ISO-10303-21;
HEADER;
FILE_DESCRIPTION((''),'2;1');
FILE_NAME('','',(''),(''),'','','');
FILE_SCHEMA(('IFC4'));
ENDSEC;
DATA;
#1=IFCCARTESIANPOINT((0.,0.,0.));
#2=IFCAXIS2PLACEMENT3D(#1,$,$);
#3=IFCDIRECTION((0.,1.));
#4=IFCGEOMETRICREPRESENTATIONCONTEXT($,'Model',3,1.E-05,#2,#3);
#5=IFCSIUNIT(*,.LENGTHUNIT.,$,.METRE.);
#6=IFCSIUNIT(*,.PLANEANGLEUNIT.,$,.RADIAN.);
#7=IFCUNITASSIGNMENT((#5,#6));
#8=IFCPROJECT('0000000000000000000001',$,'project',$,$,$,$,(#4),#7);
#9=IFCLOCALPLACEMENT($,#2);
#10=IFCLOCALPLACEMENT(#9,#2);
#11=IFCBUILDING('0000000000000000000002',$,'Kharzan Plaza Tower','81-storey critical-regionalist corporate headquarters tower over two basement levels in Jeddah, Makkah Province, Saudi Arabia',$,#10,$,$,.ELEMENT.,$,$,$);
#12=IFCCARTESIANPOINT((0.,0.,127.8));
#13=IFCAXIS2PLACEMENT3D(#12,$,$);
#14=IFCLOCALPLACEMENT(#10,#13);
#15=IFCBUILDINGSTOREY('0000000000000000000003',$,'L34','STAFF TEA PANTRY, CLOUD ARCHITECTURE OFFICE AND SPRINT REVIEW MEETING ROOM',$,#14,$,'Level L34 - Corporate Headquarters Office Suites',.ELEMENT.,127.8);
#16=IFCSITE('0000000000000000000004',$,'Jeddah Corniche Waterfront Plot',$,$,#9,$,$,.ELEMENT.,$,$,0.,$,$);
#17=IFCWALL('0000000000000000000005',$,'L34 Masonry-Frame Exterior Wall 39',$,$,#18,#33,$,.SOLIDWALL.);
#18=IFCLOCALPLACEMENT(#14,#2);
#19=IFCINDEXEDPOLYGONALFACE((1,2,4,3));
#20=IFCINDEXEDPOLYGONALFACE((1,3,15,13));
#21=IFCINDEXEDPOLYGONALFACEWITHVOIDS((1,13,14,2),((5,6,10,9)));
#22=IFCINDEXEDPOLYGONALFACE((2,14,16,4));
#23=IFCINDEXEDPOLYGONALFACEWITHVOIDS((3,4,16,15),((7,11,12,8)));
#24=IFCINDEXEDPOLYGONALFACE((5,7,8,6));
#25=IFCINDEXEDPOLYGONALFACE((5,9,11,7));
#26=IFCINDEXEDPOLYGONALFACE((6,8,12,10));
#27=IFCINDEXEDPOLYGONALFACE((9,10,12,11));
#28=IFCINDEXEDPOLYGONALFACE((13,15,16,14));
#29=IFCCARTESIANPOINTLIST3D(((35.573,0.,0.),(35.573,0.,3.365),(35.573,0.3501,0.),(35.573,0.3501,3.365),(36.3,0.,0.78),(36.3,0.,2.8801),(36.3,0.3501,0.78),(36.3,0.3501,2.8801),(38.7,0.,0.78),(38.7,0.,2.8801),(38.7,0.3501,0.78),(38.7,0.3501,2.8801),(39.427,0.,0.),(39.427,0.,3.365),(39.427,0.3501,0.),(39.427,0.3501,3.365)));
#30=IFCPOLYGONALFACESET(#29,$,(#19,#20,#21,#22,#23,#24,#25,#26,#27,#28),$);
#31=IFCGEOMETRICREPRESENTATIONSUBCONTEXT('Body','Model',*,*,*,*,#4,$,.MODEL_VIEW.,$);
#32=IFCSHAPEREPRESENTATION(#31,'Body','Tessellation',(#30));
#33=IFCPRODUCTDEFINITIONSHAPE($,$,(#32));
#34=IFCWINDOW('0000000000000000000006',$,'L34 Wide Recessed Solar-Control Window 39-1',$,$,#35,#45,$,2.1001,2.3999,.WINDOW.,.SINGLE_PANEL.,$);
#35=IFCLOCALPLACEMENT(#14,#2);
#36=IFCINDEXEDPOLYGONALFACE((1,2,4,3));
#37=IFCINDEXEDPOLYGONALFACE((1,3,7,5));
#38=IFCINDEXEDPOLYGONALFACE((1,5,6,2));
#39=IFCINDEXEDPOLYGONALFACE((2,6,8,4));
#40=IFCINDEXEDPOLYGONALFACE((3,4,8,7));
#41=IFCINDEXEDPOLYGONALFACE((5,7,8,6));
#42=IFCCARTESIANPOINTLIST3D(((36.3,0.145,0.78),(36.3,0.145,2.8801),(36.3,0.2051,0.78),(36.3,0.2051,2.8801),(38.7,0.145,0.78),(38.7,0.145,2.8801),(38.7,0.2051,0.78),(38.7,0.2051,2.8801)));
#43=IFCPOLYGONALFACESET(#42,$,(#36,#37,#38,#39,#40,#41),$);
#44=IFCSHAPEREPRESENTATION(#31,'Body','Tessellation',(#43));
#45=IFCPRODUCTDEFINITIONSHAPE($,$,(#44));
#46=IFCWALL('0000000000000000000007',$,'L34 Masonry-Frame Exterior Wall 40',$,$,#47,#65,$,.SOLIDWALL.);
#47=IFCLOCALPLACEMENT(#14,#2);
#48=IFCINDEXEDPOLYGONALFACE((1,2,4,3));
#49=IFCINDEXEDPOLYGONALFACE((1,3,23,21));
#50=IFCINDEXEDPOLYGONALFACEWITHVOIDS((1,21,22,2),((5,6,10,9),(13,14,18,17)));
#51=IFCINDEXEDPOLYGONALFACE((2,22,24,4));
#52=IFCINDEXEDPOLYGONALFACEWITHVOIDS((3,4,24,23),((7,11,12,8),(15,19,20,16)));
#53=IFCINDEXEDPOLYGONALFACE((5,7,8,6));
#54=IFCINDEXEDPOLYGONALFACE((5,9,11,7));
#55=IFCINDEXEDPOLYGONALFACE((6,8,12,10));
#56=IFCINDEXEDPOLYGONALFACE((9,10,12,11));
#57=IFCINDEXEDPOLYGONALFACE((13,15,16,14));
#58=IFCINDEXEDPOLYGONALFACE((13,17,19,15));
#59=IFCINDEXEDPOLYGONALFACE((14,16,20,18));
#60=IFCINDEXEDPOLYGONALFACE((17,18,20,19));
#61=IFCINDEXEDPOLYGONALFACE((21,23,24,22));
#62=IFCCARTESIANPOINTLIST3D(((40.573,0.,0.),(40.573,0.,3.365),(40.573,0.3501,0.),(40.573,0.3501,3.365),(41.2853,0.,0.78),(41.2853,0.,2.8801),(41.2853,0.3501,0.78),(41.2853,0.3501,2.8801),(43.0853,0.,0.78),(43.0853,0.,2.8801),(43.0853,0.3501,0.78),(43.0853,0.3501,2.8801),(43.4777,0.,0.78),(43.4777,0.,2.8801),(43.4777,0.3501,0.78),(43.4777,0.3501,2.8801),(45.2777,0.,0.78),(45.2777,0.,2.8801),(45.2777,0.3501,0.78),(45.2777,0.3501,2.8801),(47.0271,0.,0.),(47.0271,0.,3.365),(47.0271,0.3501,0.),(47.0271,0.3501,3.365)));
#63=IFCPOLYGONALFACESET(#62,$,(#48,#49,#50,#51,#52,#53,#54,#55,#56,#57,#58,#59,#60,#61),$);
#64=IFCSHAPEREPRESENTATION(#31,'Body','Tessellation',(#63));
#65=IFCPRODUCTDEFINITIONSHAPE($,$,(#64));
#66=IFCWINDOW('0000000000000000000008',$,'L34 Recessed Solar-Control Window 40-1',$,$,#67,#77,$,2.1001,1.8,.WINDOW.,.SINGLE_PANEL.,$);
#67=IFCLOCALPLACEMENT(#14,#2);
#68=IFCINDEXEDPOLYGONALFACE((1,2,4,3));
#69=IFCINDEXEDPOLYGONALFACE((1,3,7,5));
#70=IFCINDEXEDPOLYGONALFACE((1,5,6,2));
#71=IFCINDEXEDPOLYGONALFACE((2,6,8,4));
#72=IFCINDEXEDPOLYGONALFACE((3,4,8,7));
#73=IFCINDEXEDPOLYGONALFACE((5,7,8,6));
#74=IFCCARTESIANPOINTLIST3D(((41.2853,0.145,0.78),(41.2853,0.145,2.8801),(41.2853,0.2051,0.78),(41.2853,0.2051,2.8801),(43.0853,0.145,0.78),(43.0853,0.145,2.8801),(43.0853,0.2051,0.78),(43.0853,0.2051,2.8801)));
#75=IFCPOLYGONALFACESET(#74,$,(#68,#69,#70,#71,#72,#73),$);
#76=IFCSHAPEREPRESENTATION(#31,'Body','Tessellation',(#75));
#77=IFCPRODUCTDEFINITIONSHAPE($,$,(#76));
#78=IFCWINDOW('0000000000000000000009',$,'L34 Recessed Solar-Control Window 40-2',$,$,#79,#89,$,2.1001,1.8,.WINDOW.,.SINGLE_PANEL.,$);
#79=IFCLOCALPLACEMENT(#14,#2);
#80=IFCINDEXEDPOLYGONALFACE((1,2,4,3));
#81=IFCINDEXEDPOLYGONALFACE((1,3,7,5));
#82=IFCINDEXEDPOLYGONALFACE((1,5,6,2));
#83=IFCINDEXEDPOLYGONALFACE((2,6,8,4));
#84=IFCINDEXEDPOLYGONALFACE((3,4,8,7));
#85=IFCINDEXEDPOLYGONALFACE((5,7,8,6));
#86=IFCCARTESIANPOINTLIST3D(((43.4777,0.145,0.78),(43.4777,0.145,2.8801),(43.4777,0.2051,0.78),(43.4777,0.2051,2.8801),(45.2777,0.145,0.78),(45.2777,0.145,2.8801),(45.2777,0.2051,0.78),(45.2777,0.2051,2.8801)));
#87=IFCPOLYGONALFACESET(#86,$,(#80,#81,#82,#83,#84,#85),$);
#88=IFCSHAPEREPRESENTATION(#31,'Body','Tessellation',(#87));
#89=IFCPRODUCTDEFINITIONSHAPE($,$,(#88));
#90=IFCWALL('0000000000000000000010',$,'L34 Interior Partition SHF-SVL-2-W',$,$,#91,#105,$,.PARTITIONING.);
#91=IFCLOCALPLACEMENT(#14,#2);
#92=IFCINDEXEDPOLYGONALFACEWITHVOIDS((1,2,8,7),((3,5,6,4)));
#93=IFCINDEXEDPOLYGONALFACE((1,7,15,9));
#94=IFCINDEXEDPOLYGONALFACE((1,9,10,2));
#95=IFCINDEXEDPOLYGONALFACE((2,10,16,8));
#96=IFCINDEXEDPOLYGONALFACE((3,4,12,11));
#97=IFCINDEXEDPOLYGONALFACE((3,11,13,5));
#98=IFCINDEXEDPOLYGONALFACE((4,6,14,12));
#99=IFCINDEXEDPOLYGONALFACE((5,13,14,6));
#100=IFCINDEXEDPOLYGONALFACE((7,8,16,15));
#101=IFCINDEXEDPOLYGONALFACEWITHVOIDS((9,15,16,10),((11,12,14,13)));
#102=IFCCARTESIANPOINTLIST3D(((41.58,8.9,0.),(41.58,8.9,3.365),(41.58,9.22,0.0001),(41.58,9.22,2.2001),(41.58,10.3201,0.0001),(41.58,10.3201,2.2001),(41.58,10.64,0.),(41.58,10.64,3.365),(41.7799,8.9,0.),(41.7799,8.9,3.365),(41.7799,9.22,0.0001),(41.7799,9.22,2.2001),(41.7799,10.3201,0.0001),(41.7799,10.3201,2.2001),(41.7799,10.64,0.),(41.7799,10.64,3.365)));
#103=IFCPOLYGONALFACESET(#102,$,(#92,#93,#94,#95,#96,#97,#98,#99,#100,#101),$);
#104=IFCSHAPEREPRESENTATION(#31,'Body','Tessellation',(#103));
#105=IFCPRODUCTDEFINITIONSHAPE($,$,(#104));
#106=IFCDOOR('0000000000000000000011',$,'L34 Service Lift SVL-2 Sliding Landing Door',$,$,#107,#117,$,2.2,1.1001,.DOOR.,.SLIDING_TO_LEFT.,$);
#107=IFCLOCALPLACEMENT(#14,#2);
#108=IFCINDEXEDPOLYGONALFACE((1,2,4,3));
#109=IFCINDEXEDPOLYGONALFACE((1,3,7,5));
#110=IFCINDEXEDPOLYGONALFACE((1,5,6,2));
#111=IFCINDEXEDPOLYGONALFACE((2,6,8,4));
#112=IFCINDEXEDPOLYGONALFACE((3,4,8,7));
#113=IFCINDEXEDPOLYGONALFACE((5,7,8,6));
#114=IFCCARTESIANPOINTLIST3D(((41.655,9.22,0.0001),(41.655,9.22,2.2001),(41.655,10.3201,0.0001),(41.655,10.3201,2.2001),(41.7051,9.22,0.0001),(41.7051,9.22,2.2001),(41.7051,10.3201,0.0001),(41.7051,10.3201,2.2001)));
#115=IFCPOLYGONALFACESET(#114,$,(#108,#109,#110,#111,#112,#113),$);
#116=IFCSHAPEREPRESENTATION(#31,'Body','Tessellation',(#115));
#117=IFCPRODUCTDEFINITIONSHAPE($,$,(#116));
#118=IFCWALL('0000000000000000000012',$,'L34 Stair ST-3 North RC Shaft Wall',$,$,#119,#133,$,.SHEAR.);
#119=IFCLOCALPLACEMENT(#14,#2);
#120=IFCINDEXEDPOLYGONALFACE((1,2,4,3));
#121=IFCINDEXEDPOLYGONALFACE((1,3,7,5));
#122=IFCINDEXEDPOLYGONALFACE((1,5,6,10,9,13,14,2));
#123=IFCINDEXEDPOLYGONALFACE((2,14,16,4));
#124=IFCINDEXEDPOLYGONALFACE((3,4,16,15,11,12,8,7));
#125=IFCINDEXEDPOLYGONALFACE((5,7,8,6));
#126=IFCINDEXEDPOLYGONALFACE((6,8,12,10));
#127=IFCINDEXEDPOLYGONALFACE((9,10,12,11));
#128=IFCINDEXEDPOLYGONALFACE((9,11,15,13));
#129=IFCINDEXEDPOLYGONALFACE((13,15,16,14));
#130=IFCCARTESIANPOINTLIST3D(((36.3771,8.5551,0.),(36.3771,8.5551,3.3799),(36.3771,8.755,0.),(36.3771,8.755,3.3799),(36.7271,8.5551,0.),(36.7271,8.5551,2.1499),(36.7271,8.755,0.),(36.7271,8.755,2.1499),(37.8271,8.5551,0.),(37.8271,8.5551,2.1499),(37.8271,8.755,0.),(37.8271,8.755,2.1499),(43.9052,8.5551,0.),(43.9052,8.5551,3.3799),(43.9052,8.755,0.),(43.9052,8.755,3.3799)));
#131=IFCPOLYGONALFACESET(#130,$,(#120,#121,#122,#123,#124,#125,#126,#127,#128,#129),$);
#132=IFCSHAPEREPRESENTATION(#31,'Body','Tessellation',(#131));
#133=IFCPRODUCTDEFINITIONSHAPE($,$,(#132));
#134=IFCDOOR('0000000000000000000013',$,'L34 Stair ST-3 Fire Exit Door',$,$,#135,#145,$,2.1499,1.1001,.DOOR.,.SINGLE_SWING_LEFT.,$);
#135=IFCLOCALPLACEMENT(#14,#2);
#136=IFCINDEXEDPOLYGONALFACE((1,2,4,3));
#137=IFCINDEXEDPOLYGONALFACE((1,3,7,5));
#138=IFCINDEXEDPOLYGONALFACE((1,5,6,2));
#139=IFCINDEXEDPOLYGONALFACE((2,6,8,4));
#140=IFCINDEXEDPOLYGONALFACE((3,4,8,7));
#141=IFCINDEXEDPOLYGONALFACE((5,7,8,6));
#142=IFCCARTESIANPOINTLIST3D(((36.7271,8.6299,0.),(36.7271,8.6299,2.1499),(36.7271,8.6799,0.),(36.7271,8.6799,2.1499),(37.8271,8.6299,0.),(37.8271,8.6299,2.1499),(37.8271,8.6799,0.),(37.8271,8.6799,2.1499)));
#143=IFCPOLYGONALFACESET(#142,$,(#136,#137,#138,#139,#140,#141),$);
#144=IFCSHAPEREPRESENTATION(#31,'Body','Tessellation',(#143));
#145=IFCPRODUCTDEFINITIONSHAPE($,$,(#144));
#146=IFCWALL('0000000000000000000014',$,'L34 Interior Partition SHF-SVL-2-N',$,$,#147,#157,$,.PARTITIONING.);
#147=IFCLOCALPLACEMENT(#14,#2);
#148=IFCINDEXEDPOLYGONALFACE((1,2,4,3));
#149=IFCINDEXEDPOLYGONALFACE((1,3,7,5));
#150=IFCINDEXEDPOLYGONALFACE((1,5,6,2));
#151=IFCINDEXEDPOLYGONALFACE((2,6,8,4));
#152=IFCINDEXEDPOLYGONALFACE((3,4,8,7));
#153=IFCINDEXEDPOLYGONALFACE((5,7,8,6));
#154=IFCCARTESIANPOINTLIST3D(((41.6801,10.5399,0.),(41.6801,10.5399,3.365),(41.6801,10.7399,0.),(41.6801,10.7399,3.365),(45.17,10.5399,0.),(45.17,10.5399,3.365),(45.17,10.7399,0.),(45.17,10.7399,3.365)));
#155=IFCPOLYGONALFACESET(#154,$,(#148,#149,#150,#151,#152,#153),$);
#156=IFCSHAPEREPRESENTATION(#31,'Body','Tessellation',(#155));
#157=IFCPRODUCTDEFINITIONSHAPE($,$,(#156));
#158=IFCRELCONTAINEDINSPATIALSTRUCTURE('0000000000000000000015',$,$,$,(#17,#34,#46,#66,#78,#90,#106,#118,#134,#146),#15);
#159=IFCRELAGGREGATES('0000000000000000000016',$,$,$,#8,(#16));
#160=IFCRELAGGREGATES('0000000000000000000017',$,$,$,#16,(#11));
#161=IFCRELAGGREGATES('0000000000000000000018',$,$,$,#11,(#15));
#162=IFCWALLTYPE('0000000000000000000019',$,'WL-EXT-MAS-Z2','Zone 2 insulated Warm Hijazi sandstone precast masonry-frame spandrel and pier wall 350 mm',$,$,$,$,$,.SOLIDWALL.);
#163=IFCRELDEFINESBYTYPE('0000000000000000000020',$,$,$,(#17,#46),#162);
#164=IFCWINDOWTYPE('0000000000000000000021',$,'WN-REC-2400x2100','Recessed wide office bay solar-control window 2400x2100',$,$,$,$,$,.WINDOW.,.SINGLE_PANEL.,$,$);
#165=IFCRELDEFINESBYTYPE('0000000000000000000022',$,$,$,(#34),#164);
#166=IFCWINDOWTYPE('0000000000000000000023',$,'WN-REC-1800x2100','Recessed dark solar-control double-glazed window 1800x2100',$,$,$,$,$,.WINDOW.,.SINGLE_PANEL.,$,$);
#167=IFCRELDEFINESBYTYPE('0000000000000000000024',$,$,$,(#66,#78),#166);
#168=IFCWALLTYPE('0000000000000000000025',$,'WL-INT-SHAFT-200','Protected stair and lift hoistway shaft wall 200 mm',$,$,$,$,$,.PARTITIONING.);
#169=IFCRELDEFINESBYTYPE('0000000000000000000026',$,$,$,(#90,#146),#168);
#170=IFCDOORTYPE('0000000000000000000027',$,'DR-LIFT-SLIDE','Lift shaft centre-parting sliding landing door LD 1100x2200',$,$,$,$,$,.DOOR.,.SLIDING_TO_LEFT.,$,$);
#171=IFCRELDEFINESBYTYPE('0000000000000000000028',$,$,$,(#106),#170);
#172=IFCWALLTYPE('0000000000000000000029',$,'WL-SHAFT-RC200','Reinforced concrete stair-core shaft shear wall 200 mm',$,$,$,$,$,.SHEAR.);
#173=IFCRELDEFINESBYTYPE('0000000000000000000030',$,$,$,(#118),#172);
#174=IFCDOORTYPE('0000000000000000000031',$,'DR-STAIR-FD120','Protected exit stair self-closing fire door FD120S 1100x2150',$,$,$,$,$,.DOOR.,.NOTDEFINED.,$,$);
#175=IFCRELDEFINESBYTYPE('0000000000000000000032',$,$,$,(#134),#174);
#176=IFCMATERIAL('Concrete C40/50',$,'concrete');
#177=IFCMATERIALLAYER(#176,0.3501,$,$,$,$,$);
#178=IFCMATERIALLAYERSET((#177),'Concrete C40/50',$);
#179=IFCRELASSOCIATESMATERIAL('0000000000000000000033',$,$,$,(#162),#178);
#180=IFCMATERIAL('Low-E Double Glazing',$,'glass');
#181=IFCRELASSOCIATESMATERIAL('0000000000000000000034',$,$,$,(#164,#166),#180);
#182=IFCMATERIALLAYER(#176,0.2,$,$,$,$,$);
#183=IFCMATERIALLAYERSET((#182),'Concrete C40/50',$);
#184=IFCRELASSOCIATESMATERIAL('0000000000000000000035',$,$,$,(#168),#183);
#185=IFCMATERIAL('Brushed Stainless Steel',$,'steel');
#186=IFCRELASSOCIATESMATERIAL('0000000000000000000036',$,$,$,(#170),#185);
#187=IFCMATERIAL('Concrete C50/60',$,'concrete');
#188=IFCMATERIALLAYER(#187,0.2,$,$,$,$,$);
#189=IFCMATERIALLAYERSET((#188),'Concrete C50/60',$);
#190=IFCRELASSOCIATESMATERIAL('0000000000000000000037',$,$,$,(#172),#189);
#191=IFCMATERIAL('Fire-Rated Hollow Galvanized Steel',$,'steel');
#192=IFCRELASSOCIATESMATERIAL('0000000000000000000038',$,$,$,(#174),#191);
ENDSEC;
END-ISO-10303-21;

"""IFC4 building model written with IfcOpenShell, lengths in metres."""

from ifc_helpers import new_model, si_unit, direction, frame, frame_2d, origin, place, context, subcontext, project, spatial, rectangle, extrude, source, transform, mapped, material, layer, layer_set, type_object, element, fill, save


model = new_model("IFC4")

# Units and contexts
model_context = context("Model", 3, precision=1e-05, world=origin(), true_north=direction((0.0, 1.0)))
body_context = subcontext(model_context, "Body", "Model", "MODEL_VIEW")
ifc_project = project(units=[si_unit("LENGTHUNIT", "METRE"), si_unit("PLANEANGLEUNIT", "RADIAN")], contexts=[model_context])

# Site, building, storey
site_placement = place(None, origin())
site = spatial("IfcSite", under=ifc_project, at=site_placement, Name="Jeddah Corniche Waterfront Plot", CompositionType="ELEMENT", RefElevation=0.0)
building_placement = place(site_placement, origin())
building = spatial("IfcBuilding", under=site, at=building_placement, Name="Kharzan Plaza Tower", Description="81-storey critical-regionalist corporate headquarters tower over two basement levels in Jeddah, Makkah Province, Saudi Arabia", CompositionType="ELEMENT")
storey_placement = place(building_placement, frame((0.0, 0.0, 127.8)))
storey = spatial("IfcBuildingStorey", under=building, at=storey_placement, Name="L34", Description="STAFF TEA PANTRY, CLOUD ARCHITECTURE OFFICE AND SPRINT REVIEW MEETING ROOM", LongName="Level L34 - Corporate Headquarters Office Suites", CompositionType="ELEMENT", Elevation=127.8)

# Wall, opening, window
ifc_material_1 = material(Name="Concrete C40/50", Category="concrete")
ifc_layer_1 = layer(ifc_material_1, 0.3501)
ifc_layer_set_1 = layer_set([ifc_layer_1], Name="Concrete C40/50")
wall_type_1 = type_object("IfcWallType", Name="WL-EXT-MAS-Z2", Description="Zone 2 insulated Warm Hijazi sandstone precast masonry-frame spandrel and pier wall 350 mm", PredefinedType="SOLIDWALL", material=ifc_layer_set_1)
wall_1_placement = place(storey_placement, frame((35.573, 0.175, 0.0), z_axis=(0.0, 0.0, 1.0), x_axis=(1.0, 0.0, 0.0)))
wall_1 = element("IfcWall", 1, at=wall_1_placement, inside=storey, type_object=wall_type_1, Name="L34 Masonry-Frame Exterior Wall 39", PredefinedType="SOLIDWALL", context=body_context, shape_type="SweptSolid", body=[
    extrude(rectangle(XDim=3.854, YDim=0.3501, at=frame_2d((1.927, 0.0))), origin(), (0.0, 0.0, 1.0), 3.365),
])
opening_1_placement = place(wall_1_placement, frame((0.7271, 0.0, 0.78)))
opening_1 = element("IfcOpeningElement", 2, at=opening_1_placement, cuts=wall_1, PredefinedType="OPENING", context=body_context, shape_type="SweptSolid", body=[
    extrude(rectangle(XDim=2.3999, YDim=2.1001, at=frame_2d((1.2, 1.05))), frame((0.0, 0.1851, 0.0), z_axis=(0.0, -1.0, 0.0), x_axis=(1.0, 0.0, 0.0)), (0.0, 0.0, 1.0), 0.3701),
])
ifc_material_2 = material(Name="Low-E Double Glazing", Category="glass")
window_type_1 = type_object("IfcWindowType", Name="WN-REC-2400x2100", Description="Recessed wide office bay solar-control window 2400x2100", PartitioningType="SINGLE_PANEL", PredefinedType="WINDOW", material=ifc_material_2)
shared_shape_1 = source(origin(), body_context, "Body", "SweptSolid", [
    extrude(rectangle(XDim=2.3999, YDim=2.1001, at=frame_2d((1.2, 1.05))), frame((0.0, 0.03, 0.0), z_axis=(0.0, -1.0, 0.0), x_axis=(1.0, 0.0, 0.0)), (0.0, 0.0, 1.0), 0.0601),
])
window_1_placement = place(opening_1_placement, origin())
window_1 = element("IfcWindow", 3, at=window_1_placement, inside=storey, type_object=window_type_1, Name="L34 Wide Recessed Solar-Control Window 39-1", OverallHeight=2.1001, OverallWidth=2.3999, PartitioningType="SINGLE_PANEL", PredefinedType="WINDOW", context=body_context, shape_type="MappedRepresentation", body=[
    mapped(shared_shape_1, transform((0.0, 0.0, 0.0), x_axis=(1.0, 0.0, 0.0), y_axis=(0.0, 1.0, 0.0), z_axis=(0.0, 0.0, 1.0))),
])
fill(opening_1, window_1)

# Wall, openings, windows
wall_2_placement = place(storey_placement, frame((40.573, 0.175, 0.0), z_axis=(0.0, 0.0, 1.0), x_axis=(1.0, 0.0, 0.0)))
wall_2 = element("IfcWall", 4, at=wall_2_placement, inside=storey, type_object=wall_type_1, Name="L34 Masonry-Frame Exterior Wall 40", PredefinedType="SOLIDWALL", context=body_context, shape_type="SweptSolid", body=[
    extrude(rectangle(XDim=6.4541, YDim=0.3501, at=frame_2d((3.2271, 0.0))), origin(), (0.0, 0.0, 1.0), 3.365),
])
opening_2_placement = place(wall_2_placement, frame((0.7124, 0.0, 0.78)))
opening_2 = element("IfcOpeningElement", 5, at=opening_2_placement, cuts=wall_2, PredefinedType="OPENING", context=body_context, shape_type="SweptSolid", body=[
    extrude(rectangle(XDim=1.8, YDim=2.1001, at=frame_2d((0.8999, 1.05))), frame((0.0, 0.1851, 0.0), z_axis=(0.0, -1.0, 0.0), x_axis=(1.0, 0.0, 0.0)), (0.0, 0.0, 1.0), 0.3701),
])
opening_3_placement = place(wall_2_placement, frame((2.9048, 0.0, 0.78)))
opening_3 = element("IfcOpeningElement", 6, at=opening_3_placement, cuts=wall_2, PredefinedType="OPENING", context=body_context, shape_type="SweptSolid", body=[
    extrude(rectangle(XDim=1.8, YDim=2.1001, at=frame_2d((0.8999, 1.05))), frame((0.0, 0.1851, 0.0), z_axis=(0.0, -1.0, 0.0), x_axis=(1.0, 0.0, 0.0)), (0.0, 0.0, 1.0), 0.3701),
])
window_type_2 = type_object("IfcWindowType", Name="WN-REC-1800x2100", Description="Recessed dark solar-control double-glazed window 1800x2100", PartitioningType="SINGLE_PANEL", PredefinedType="WINDOW", material=ifc_material_2)
shared_shape_2 = source(origin(), body_context, "Body", "SweptSolid", [
    extrude(rectangle(XDim=1.8, YDim=2.1001, at=frame_2d((0.8999, 1.05))), frame((0.0, 0.03, 0.0), z_axis=(0.0, -1.0, 0.0), x_axis=(1.0, 0.0, 0.0)), (0.0, 0.0, 1.0), 0.0601),
])
window_2_placement = place(opening_2_placement, origin())
window_2 = element("IfcWindow", 7, at=window_2_placement, inside=storey, type_object=window_type_2, Name="L34 Recessed Solar-Control Window 40-1", OverallHeight=2.1001, OverallWidth=1.8, PartitioningType="SINGLE_PANEL", PredefinedType="WINDOW", context=body_context, shape_type="MappedRepresentation", body=[
    mapped(shared_shape_2, transform((0.0, 0.0, 0.0), x_axis=(1.0, 0.0, 0.0), y_axis=(0.0, 1.0, 0.0), z_axis=(0.0, 0.0, 1.0))),
])
fill(opening_2, window_2)
window_3_placement = place(opening_3_placement, origin())
window_3 = element("IfcWindow", 8, at=window_3_placement, inside=storey, type_object=window_type_2, Name="L34 Recessed Solar-Control Window 40-2", OverallHeight=2.1001, OverallWidth=1.8, PartitioningType="SINGLE_PANEL", PredefinedType="WINDOW", context=body_context, shape_type="MappedRepresentation", body=[
    mapped(shared_shape_2, transform((0.0, 0.0, 0.0), x_axis=(1.0, 0.0, 0.0), y_axis=(0.0, 1.0, 0.0), z_axis=(0.0, 0.0, 1.0))),
])
fill(opening_3, window_3)

# Walls, openings, doors
ifc_layer_2 = layer(ifc_material_1, 0.2)
ifc_layer_set_2 = layer_set([ifc_layer_2], Name="Concrete C40/50")
wall_type_2 = type_object("IfcWallType", Name="WL-INT-SHAFT-200", Description="Protected stair and lift hoistway shaft wall 200 mm", PredefinedType="PARTITIONING", material=ifc_layer_set_2)
wall_3_placement = place(storey_placement, frame((41.6799, 8.8999, 0.0), z_axis=(0.0, 0.0, 1.0), x_axis=(0.0, 1.0, 0.0)))
wall_3 = element("IfcWall", 9, at=wall_3_placement, inside=storey, type_object=wall_type_2, Name="L34 Interior Partition SHF-SVL-2-W", PredefinedType="PARTITIONING", context=body_context, shape_type="SweptSolid", body=[
    extrude(rectangle(XDim=1.74, YDim=0.2, at=frame_2d((0.8701, 0.0))), origin(), (0.0, 0.0, 1.0), 3.365),
])
opening_4_placement = place(wall_3_placement, frame((0.3201, 0.0, 0.0)))
opening_4 = element("IfcOpeningElement", 10, at=opening_4_placement, cuts=wall_3, PredefinedType="OPENING", context=body_context, shape_type="SweptSolid", body=[
    extrude(rectangle(XDim=1.1001, YDim=2.2, at=frame_2d((0.55, 1.1001))), frame((0.0, 0.1099, 0.0), z_axis=(0.0, -1.0, 0.0), x_axis=(1.0, 0.0, 0.0)), (0.0, 0.0, 1.0), 0.22),
])
ifc_material_3 = material(Name="Brushed Stainless Steel", Category="steel")
door_type_1 = type_object("IfcDoorType", Name="DR-LIFT-SLIDE", Description="Lift shaft centre-parting sliding landing door LD 1100x2200", OperationType="SLIDING_TO_LEFT", PredefinedType="DOOR", material=ifc_material_3)
shared_shape_3 = source(origin(), body_context, "Body", "SweptSolid", [
    extrude(rectangle(XDim=1.1001, YDim=2.2, at=frame_2d((0.55, 1.1001))), frame((0.0, 0.0249, 0.0), z_axis=(0.0, -1.0, 0.0), x_axis=(1.0, 0.0, 0.0)), (0.0, 0.0, 1.0), 0.05),
])
door_1_placement = place(opening_4_placement, origin())
door_1 = element("IfcDoor", 11, at=door_1_placement, inside=storey, type_object=door_type_1, Name="L34 Service Lift SVL-2 Sliding Landing Door", OperationType="SLIDING_TO_LEFT", OverallHeight=2.2, OverallWidth=1.1001, PredefinedType="DOOR", context=body_context, shape_type="MappedRepresentation", body=[
    mapped(shared_shape_3, transform((0.0, 0.0, 0.0), x_axis=(1.0, 0.0, 0.0), y_axis=(0.0, 1.0, 0.0), z_axis=(0.0, 0.0, 1.0))),
])
fill(opening_4, door_1)
ifc_material_4 = material(Name="Concrete C50/60", Category="concrete")
ifc_layer_3 = layer(ifc_material_4, 0.2)
ifc_layer_set_3 = layer_set([ifc_layer_3], Name="Concrete C50/60")
wall_type_3 = type_object("IfcWallType", Name="WL-SHAFT-RC200", Description="Reinforced concrete stair-core shaft shear wall 200 mm", PredefinedType="SHEAR", material=ifc_layer_set_3)
wall_4_placement = place(storey_placement, frame((36.377, 8.655, 0.0), z_axis=(0.0, 0.0, 1.0), x_axis=(1.0, 0.0, 0.0)))
wall_4 = element("IfcWall", 12, at=wall_4_placement, inside=storey, type_object=wall_type_3, Name="L34 Stair ST-3 North RC Shaft Wall", PredefinedType="SHEAR", context=body_context, shape_type="SweptSolid", body=[
    extrude(rectangle(XDim=7.5281, YDim=0.2, at=frame_2d((3.7642, 0.0))), origin(), (0.0, 0.0, 1.0), 3.3799),
])
opening_5_placement = place(wall_4_placement, frame((0.3501, 0.0, 0.0)))
opening_5 = element("IfcOpeningElement", 13, at=opening_5_placement, cuts=wall_4, PredefinedType="OPENING", context=body_context, shape_type="SweptSolid", body=[
    extrude(rectangle(XDim=1.1001, YDim=2.1499, at=frame_2d((0.55, 1.075))), frame((0.0, 0.1099, 0.0), z_axis=(0.0, -1.0, 0.0), x_axis=(1.0, 0.0, 0.0)), (0.0, 0.0, 1.0), 0.22),
])
ifc_material_5 = material(Name="Fire-Rated Hollow Galvanized Steel", Category="steel")
door_type_2 = type_object("IfcDoorType", Name="DR-STAIR-FD120", Description="Protected exit stair self-closing fire door FD120S 1100x2150", OperationType="NOTDEFINED", PredefinedType="DOOR", material=ifc_material_5)
shared_shape_4 = source(origin(), body_context, "Body", "SweptSolid", [
    extrude(rectangle(XDim=1.1001, YDim=2.1499, at=frame_2d((0.55, 1.075))), frame((0.0, 0.0249, 0.0), z_axis=(0.0, -1.0, 0.0), x_axis=(1.0, 0.0, 0.0)), (0.0, 0.0, 1.0), 0.05),
])
door_2_placement = place(opening_5_placement, origin())
door_2 = element("IfcDoor", 14, at=door_2_placement, inside=storey, type_object=door_type_2, Name="L34 Stair ST-3 Fire Exit Door", OperationType="SINGLE_SWING_LEFT", OverallHeight=2.1499, OverallWidth=1.1001, PredefinedType="DOOR", context=body_context, shape_type="MappedRepresentation", body=[
    mapped(shared_shape_4, transform((0.0, 0.0, 0.0), x_axis=(1.0, 0.0, 0.0), y_axis=(0.0, 1.0, 0.0), z_axis=(0.0, 0.0, 1.0))),
])
fill(opening_5, door_2)

# Wall
shared_shape_5 = source(origin(), body_context, "Body", "SweptSolid", [
    extrude(rectangle(XDim=3.49, YDim=0.2, at=frame_2d((1.7451, 0.0))), origin(), (0.0, 0.0, 1.0), 3.365),
])
wall_5_placement = place(storey_placement, frame((41.6799, 10.6399, 0.0), z_axis=(0.0, 0.0, 1.0), x_axis=(1.0, 0.0, 0.0)))
element("IfcWall", 15, at=wall_5_placement, inside=storey, type_object=wall_type_2, Name="L34 Interior Partition SHF-SVL-2-N", PredefinedType="PARTITIONING", context=body_context, shape_type="MappedRepresentation", body=[
    mapped(shared_shape_5, transform((0.0, 0.0, 0.0), x_axis=(1.0, 0.0, 0.0), y_axis=(0.0, 1.0, 0.0), z_axis=(0.0, 0.0, 1.0))),
])

save(model, "model.ifc")
